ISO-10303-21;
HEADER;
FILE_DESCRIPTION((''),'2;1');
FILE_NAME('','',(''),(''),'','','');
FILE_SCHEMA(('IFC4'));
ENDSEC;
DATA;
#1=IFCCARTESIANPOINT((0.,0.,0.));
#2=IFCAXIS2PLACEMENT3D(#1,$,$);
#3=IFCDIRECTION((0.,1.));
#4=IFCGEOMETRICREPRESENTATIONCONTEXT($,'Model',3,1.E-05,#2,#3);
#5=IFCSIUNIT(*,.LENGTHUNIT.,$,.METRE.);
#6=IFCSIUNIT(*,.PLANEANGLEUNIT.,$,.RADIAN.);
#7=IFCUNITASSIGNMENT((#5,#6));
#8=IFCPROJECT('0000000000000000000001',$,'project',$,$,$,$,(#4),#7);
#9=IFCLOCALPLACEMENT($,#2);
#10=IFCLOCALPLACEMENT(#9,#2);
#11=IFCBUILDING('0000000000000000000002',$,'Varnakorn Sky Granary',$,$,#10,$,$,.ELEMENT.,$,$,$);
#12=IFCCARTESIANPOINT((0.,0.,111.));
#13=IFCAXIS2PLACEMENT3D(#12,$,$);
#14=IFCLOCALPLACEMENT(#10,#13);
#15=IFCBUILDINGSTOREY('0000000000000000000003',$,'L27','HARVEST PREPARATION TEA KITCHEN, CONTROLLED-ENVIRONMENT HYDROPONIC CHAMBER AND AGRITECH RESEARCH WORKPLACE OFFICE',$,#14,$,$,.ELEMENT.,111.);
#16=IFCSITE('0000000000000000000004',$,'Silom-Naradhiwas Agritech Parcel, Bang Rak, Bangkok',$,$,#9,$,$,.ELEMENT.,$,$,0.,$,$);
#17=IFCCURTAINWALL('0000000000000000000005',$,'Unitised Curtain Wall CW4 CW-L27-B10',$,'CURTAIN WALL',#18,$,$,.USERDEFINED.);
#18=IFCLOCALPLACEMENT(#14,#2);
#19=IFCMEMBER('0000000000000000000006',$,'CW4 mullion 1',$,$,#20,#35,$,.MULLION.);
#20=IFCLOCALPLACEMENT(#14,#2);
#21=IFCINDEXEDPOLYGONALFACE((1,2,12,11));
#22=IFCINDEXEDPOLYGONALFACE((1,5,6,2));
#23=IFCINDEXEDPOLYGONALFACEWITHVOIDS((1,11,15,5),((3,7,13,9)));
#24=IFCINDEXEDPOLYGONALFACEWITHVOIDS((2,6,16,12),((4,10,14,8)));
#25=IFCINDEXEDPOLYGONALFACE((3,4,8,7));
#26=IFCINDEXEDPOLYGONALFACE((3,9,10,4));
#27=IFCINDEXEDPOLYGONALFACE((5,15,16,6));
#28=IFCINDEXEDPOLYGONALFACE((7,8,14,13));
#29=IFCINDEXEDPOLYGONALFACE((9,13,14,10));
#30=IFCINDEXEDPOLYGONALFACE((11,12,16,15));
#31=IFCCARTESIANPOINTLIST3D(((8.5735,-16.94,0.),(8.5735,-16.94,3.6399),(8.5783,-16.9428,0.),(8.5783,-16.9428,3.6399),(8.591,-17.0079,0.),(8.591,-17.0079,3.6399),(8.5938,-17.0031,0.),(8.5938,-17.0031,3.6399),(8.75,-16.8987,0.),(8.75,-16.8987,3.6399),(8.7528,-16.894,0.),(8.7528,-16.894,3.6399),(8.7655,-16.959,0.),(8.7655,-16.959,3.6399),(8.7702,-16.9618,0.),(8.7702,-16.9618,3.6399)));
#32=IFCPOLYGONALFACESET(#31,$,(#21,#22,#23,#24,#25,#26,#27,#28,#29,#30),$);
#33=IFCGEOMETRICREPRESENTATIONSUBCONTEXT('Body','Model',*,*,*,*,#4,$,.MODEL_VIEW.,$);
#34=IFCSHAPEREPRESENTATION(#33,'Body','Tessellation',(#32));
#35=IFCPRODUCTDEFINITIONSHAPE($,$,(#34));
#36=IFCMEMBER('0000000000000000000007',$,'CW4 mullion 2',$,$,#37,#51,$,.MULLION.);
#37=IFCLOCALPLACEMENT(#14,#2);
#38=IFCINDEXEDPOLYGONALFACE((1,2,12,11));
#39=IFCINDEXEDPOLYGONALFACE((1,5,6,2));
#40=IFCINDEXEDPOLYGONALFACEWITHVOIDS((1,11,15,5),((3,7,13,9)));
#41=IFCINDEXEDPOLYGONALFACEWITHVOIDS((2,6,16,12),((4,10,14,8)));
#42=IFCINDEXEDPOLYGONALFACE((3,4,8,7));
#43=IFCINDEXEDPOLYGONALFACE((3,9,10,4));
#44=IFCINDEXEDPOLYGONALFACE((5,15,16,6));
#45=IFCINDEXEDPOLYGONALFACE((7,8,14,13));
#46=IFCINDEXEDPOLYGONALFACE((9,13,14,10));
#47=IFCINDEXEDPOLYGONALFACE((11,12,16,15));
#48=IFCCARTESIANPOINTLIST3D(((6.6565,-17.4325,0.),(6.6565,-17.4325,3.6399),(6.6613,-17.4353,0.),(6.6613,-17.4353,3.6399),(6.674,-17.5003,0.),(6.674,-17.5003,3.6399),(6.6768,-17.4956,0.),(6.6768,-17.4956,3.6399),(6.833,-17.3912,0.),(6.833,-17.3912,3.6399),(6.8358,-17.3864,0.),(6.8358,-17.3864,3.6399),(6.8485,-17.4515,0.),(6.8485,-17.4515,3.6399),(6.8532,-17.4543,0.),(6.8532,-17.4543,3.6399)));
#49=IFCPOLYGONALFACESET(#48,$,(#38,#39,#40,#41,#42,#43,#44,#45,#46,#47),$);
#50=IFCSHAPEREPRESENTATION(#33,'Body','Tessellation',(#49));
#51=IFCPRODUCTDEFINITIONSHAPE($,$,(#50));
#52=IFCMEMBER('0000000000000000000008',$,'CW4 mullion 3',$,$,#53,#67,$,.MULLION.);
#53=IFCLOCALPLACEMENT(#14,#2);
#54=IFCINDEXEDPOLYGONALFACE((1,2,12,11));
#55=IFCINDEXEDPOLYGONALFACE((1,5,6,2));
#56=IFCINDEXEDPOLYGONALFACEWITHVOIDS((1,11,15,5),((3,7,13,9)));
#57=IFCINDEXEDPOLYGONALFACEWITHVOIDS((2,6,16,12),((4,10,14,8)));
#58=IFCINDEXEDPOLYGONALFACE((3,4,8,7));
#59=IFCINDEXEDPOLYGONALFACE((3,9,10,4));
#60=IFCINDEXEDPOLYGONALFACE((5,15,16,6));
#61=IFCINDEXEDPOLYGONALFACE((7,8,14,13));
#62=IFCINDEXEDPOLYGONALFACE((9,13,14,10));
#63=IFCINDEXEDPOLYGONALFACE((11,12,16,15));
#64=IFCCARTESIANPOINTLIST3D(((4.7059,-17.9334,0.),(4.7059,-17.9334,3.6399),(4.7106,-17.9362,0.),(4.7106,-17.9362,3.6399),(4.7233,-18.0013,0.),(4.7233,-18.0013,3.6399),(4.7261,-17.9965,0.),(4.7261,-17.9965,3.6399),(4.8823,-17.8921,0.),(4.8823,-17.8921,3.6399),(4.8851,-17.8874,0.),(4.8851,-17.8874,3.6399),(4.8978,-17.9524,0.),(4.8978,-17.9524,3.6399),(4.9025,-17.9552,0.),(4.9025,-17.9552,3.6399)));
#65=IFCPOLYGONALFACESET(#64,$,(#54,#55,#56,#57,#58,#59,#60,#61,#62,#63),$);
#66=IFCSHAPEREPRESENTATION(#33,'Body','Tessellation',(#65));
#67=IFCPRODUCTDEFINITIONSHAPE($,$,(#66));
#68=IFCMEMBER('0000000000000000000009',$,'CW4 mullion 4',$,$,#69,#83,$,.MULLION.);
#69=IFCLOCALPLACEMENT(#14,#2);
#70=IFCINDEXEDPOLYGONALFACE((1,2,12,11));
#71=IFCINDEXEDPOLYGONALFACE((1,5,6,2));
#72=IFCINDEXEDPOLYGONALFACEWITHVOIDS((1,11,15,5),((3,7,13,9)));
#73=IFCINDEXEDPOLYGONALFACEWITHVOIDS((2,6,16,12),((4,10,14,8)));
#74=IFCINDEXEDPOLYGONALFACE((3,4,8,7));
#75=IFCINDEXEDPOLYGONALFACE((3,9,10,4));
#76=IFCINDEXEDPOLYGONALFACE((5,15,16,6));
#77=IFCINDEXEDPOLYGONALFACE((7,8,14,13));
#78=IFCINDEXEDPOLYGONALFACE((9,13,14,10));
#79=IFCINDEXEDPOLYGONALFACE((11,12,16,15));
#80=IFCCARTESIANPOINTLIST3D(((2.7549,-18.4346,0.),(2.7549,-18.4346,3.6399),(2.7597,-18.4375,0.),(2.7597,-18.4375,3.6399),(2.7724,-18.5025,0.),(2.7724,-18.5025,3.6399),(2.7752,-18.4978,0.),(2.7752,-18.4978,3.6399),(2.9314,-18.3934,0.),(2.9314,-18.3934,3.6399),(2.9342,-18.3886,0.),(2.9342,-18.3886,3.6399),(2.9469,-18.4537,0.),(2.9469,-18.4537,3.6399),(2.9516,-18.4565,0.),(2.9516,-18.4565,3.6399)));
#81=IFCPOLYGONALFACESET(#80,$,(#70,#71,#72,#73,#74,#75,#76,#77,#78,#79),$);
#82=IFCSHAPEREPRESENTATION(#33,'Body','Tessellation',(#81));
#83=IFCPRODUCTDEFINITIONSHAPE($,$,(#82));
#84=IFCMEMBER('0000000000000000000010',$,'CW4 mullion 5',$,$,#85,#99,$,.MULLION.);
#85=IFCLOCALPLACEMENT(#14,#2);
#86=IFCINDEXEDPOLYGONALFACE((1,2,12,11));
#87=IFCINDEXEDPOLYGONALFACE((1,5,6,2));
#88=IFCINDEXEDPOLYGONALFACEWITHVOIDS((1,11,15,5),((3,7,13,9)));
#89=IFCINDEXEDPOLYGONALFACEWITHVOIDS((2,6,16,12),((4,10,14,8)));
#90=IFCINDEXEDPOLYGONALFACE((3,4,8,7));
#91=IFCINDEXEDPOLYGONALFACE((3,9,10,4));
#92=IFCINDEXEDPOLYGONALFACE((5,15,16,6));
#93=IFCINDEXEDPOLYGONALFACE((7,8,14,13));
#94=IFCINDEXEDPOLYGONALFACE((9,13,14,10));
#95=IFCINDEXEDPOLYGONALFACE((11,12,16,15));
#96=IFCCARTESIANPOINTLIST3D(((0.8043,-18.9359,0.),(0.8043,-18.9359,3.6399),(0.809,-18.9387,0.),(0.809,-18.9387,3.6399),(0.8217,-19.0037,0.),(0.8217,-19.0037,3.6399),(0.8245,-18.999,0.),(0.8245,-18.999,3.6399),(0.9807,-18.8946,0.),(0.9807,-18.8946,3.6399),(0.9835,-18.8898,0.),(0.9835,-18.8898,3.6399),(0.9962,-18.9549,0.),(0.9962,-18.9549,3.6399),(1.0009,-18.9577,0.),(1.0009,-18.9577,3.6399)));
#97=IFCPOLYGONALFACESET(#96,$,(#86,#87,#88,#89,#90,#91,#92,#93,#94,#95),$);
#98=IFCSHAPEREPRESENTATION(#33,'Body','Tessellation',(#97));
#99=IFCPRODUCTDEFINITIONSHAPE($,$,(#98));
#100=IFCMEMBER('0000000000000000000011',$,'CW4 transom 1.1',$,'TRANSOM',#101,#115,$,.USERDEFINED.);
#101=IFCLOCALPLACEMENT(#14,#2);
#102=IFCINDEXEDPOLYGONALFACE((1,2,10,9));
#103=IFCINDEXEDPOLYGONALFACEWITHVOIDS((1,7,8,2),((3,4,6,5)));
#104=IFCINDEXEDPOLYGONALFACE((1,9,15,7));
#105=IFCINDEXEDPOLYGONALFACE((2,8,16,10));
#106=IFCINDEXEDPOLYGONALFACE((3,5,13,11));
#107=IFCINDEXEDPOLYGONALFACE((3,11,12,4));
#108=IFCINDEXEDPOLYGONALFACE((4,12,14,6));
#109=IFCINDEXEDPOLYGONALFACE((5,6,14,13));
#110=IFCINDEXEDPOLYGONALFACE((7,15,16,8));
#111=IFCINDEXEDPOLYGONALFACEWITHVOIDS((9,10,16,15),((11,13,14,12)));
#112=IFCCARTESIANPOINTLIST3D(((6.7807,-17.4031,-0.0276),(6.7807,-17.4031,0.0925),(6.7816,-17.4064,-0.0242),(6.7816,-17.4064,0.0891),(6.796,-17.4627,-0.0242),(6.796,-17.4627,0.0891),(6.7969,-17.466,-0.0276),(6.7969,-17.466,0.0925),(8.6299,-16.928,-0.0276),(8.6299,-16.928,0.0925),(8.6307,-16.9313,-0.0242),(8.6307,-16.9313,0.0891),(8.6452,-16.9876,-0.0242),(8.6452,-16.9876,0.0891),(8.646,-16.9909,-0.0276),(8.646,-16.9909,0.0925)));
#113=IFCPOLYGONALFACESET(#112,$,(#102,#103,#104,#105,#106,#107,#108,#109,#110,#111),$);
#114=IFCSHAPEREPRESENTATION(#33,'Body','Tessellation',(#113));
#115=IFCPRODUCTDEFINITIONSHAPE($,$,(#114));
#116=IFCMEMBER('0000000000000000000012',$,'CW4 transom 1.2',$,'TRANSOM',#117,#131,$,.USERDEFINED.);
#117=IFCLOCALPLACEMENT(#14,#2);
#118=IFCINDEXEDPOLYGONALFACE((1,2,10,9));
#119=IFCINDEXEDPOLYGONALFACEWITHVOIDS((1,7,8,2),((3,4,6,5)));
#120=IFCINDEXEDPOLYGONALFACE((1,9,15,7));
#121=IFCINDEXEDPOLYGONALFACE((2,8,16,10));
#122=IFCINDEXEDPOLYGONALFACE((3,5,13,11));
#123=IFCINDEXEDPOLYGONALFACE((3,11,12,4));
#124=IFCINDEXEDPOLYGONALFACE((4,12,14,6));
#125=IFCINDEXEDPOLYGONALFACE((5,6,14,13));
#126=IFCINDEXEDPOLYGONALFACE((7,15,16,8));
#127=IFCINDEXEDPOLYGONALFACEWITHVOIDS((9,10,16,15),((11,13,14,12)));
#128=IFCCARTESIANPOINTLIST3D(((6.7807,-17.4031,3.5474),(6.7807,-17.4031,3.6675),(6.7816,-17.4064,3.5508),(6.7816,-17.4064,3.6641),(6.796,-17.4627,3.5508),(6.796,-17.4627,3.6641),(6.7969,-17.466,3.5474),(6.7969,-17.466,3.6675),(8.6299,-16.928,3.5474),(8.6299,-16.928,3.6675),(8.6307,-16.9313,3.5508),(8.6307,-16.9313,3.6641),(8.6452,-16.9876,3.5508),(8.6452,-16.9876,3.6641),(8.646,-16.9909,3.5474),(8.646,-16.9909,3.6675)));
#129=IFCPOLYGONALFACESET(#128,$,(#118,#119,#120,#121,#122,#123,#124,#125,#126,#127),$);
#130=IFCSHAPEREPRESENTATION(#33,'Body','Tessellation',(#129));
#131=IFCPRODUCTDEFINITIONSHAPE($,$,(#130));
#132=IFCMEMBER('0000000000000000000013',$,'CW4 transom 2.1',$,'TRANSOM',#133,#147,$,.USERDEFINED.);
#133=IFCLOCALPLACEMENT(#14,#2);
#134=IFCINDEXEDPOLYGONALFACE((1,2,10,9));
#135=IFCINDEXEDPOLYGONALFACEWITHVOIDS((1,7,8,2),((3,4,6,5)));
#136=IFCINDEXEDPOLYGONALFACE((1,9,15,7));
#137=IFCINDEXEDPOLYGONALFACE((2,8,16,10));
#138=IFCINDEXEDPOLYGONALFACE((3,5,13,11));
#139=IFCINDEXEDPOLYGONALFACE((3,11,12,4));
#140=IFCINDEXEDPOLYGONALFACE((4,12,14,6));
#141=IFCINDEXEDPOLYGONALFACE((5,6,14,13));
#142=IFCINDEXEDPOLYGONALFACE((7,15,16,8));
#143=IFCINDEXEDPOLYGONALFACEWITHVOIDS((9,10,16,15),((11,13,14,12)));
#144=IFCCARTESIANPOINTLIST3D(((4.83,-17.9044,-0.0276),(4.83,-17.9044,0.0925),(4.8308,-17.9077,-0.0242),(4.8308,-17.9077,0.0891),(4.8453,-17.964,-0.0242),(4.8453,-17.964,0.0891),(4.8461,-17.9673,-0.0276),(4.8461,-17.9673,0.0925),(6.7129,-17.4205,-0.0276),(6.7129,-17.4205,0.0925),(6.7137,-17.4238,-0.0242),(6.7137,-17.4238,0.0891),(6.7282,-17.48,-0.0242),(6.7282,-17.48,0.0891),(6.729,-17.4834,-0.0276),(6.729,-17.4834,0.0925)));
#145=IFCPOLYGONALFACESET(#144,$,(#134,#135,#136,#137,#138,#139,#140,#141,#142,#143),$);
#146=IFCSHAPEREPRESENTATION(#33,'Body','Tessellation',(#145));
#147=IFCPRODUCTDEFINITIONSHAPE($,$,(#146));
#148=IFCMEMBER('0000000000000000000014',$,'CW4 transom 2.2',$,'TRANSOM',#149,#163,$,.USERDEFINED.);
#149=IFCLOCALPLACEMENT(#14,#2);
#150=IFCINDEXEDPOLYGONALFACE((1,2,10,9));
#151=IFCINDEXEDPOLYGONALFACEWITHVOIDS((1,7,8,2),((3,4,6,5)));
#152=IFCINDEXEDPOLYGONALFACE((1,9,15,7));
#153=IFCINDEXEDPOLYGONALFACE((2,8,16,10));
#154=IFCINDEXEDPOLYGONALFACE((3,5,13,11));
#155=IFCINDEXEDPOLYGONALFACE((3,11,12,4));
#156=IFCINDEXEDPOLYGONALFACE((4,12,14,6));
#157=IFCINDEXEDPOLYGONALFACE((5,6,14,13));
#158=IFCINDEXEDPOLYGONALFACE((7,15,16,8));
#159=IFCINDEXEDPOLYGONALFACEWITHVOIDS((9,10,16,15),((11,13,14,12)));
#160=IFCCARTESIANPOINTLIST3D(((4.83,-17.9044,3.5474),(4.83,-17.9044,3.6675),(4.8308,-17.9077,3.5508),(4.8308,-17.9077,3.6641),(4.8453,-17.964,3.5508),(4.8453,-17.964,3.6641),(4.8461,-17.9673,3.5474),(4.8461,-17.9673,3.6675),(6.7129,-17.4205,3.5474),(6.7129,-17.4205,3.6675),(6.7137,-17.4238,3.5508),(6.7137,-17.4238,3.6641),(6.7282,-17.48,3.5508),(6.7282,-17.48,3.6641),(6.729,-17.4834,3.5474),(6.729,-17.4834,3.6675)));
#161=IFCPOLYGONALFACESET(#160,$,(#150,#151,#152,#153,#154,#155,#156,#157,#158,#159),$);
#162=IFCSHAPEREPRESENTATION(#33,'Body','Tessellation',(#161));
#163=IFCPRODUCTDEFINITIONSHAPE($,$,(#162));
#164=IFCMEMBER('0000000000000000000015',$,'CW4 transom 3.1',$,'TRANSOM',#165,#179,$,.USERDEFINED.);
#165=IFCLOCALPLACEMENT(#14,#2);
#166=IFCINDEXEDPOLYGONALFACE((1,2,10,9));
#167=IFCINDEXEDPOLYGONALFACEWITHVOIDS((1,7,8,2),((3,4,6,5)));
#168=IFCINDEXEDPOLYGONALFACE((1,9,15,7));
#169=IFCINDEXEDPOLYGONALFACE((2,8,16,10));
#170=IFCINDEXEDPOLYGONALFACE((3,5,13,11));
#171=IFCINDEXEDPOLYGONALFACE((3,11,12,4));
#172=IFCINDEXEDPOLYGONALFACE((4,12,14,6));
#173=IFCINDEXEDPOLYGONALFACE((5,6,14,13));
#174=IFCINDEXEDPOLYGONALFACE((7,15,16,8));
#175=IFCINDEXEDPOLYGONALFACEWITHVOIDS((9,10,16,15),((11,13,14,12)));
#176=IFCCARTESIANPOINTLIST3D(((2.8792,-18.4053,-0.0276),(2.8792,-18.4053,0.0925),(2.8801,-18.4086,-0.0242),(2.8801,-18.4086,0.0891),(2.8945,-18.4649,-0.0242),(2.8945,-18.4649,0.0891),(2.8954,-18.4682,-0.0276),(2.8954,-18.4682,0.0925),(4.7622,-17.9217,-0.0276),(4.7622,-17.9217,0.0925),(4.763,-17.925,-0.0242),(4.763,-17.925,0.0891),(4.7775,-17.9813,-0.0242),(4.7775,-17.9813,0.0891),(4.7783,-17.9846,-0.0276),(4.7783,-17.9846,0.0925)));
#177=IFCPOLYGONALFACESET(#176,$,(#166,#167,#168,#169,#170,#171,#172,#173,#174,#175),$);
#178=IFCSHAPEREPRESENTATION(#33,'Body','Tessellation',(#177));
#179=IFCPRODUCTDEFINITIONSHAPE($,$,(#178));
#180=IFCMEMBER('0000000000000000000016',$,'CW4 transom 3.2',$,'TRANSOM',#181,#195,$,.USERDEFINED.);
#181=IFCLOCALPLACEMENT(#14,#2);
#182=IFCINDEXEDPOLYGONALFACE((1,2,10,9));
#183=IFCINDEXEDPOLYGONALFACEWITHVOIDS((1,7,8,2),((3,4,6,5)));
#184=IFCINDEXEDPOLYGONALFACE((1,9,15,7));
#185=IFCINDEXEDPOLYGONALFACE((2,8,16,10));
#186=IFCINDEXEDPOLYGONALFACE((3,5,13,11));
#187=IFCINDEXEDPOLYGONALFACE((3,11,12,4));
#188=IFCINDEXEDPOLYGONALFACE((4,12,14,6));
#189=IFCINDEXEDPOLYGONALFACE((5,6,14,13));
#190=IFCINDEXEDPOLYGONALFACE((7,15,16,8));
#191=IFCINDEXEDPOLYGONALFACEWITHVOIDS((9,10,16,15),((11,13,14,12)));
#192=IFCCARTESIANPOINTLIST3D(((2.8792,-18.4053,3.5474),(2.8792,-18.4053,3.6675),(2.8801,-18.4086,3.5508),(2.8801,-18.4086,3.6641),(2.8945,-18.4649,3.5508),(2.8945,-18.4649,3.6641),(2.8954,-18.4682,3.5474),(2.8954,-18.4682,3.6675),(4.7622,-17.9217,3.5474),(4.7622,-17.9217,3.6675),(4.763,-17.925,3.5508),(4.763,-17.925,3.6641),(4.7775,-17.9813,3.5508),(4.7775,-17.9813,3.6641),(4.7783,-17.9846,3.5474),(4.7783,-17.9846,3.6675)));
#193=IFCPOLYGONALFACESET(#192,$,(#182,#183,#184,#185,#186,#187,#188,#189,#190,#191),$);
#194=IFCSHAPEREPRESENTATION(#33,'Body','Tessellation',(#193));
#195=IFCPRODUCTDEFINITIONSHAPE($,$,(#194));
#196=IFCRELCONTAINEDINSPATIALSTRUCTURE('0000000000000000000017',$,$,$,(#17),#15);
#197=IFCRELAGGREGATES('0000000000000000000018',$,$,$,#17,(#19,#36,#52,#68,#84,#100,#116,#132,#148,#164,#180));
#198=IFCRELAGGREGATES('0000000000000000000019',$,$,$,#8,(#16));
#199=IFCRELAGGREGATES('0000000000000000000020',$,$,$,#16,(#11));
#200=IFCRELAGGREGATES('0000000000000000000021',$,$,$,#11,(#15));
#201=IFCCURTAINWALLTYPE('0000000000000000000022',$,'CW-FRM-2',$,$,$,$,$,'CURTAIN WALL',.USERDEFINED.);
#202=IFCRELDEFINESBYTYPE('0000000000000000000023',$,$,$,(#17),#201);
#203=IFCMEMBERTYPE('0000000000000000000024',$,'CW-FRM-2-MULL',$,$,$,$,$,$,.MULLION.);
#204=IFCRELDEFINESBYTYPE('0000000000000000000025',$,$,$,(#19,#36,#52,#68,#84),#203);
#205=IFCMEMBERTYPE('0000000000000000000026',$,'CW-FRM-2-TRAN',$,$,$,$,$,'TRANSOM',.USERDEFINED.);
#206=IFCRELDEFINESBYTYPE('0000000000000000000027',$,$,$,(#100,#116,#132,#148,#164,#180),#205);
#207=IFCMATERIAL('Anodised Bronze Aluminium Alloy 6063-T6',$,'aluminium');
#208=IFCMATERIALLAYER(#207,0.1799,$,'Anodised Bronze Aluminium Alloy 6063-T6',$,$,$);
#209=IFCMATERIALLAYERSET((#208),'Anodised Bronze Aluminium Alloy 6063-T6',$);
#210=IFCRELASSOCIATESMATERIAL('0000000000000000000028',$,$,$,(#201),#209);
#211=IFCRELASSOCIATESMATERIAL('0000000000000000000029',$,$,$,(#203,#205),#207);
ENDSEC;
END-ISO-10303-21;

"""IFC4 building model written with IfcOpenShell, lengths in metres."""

from ifc_helpers import new_model, si_unit, direction, frame, origin, origin_2d, place, context, subcontext, project, spatial, hollow_rectangle, extrude, material, layer, layer_set, material_profile, profile_set, type_object, element, aggregate, save


model = new_model("IFC4")

# Units and contexts
model_context = context("Model", 3, precision=1e-05, world=origin(), true_north=direction((0.0, 1.0)))
body_context = subcontext(model_context, "Body", "Model", "MODEL_VIEW")
ifc_project = project(units=[si_unit("LENGTHUNIT", "METRE"), si_unit("PLANEANGLEUNIT", "RADIAN")], contexts=[model_context])

# Site, building, storey
site_placement = place(None, origin())
site = spatial("IfcSite", under=ifc_project, at=site_placement, Name="Silom-Naradhiwas Agritech Parcel, Bang Rak, Bangkok", CompositionType="ELEMENT", RefElevation=0.0)
building_placement = place(site_placement, origin())
building = spatial("IfcBuilding", under=site, at=building_placement, Name="Varnakorn Sky Granary", CompositionType="ELEMENT")
storey_placement = place(building_placement, frame((0.0, 0.0, 111.0)))
storey = spatial("IfcBuildingStorey", under=building, at=storey_placement, Name="L27", Description="HARVEST PREPARATION TEA KITCHEN, CONTROLLED-ENVIRONMENT HYDROPONIC CHAMBER AND AGRITECH RESEARCH WORKPLACE OFFICE", CompositionType="ELEMENT", Elevation=111.0)

# Curtain wall, members
ifc_material_1 = material(Name="Anodised Bronze Aluminium Alloy 6063-T6", Category="aluminium")
ifc_layer_1 = layer(ifc_material_1, 0.1799, Name="Anodised Bronze Aluminium Alloy 6063-T6")
ifc_layer_set_1 = layer_set([ifc_layer_1], Name="Anodised Bronze Aluminium Alloy 6063-T6")
curtain_wall_type = type_object("IfcCurtainWallType", Name="CW-FRM-2", ElementType="CURTAIN WALL", PredefinedType="USERDEFINED", material=ifc_layer_set_1)
curtain_wall_placement = place(storey_placement, origin())
curtain_wall = element("IfcCurtainWall", 1, at=curtain_wall_placement, inside=storey, type_object=curtain_wall_type, Name="Unitised Curtain Wall CW4 CW-L27-B10", ObjectType="CURTAIN WALL", PredefinedType="USERDEFINED")
ifc_material_profile_1 = material_profile(ifc_material_1, hollow_rectangle(XDim=0.0701, YDim=0.1851, WallThickness=0.0039, at=origin_2d()), Name="ALU MULL 70x185")
ifc_profile_set_1 = profile_set([ifc_material_profile_1], Name="Anodised Bronze Aluminium Alloy 6063-T6")
member_type_1 = type_object("IfcMemberType", Name="CW-FRM-2-MULL", PredefinedType="MULLION", material=ifc_profile_set_1)
member_1_placement = place(storey_placement, frame((8.6719, -16.9509, 0.0), z_axis=(0.0, 0.0, 1.0), x_axis=(0.248823, -0.968549, 0.0)))
member_1 = element("IfcMember", 2, at=member_1_placement, type_object=member_type_1, Name="CW4 mullion 1", PredefinedType="MULLION", context=body_context, shape_type="SweptSolid", body=[
    extrude(hollow_rectangle(XDim=0.0701, YDim=0.1851, WallThickness=0.0039, at=origin_2d()), origin(), (0.0, 0.0, 1.0), 3.6399),
])
member_2_placement = place(storey_placement, frame((6.7549, -17.4434, 0.0), z_axis=(0.0, 0.0, 1.0), x_axis=(0.248823, -0.968549, 0.0)))
member_2 = element("IfcMember", 3, at=member_2_placement, type_object=member_type_1, Name="CW4 mullion 2", PredefinedType="MULLION", context=body_context, shape_type="SweptSolid", body=[
    extrude(hollow_rectangle(XDim=0.0701, YDim=0.1851, WallThickness=0.0039, at=origin_2d()), origin(), (0.0, 0.0, 1.0), 3.6399),
])
member_3_placement = place(storey_placement, frame((4.8042, -17.9443, 0.0), z_axis=(0.0, 0.0, 1.0), x_axis=(0.248823, -0.968549, 0.0)))
member_3 = element("IfcMember", 4, at=member_3_placement, type_object=member_type_1, Name="CW4 mullion 3", PredefinedType="MULLION", context=body_context, shape_type="SweptSolid", body=[
    extrude(hollow_rectangle(XDim=0.0701, YDim=0.1851, WallThickness=0.0039, at=origin_2d()), origin(), (0.0, 0.0, 1.0), 3.6399),
])
member_4_placement = place(storey_placement, frame((2.8533, -18.4456, 0.0), z_axis=(0.0, 0.0, 1.0), x_axis=(0.248823, -0.968549, 0.0)))
member_4 = element("IfcMember", 5, at=member_4_placement, type_object=member_type_1, Name="CW4 mullion 4", PredefinedType="MULLION", context=body_context, shape_type="SweptSolid", body=[
    extrude(hollow_rectangle(XDim=0.0701, YDim=0.1851, WallThickness=0.0039, at=origin_2d()), origin(), (0.0, 0.0, 1.0), 3.6399),
])
member_5_placement = place(storey_placement, frame((0.9026, -18.9468, 0.0), z_axis=(0.0, 0.0, 1.0), x_axis=(0.248823, -0.968549, 0.0)))
member_5 = element("IfcMember", 6, at=member_5_placement, type_object=member_type_1, Name="CW4 mullion 5", PredefinedType="MULLION", context=body_context, shape_type="SweptSolid", body=[
    extrude(hollow_rectangle(XDim=0.0701, YDim=0.1851, WallThickness=0.0039, at=origin_2d()), origin(), (0.0, 0.0, 1.0), 3.6399),
])
ifc_material_profile_2 = material_profile(ifc_material_1, hollow_rectangle(XDim=0.0649, YDim=0.1201, WallThickness=0.0034, at=origin_2d()), Name="ALU TRAN 65x120")
ifc_profile_set_2 = profile_set([ifc_material_profile_2], Name="Anodised Bronze Aluminium Alloy 6063-T6")
member_type_2 = type_object("IfcMemberType", Name="CW-FRM-2-TRAN", ElementType="TRANSOM", PredefinedType="USERDEFINED", material=ifc_profile_set_2)
member_6_placement = place(storey_placement, frame((8.6379, -16.9595, 0.0325), z_axis=(-0.968542, -0.248849, 0.0), x_axis=(0.248849, -0.968542, 0.0)))
member_6 = element("IfcMember", 7, at=member_6_placement, type_object=member_type_2, Name="CW4 transom 1.1", ObjectType="TRANSOM", PredefinedType="USERDEFINED", context=body_context, shape_type="SweptSolid", body=[
    extrude(hollow_rectangle(XDim=0.0649, YDim=0.1201, WallThickness=0.0034, at=origin_2d()), origin(), (0.0, 0.0, 1.0), 1.9092),
])
member_7_placement = place(storey_placement, frame((8.6379, -16.9595, 3.6074), z_axis=(-0.968542, -0.248849, 0.0), x_axis=(0.248849, -0.968542, 0.0)))
member_7 = element("IfcMember", 8, at=member_7_placement, type_object=member_type_2, Name="CW4 transom 1.2", ObjectType="TRANSOM", PredefinedType="USERDEFINED", context=body_context, shape_type="SweptSolid", body=[
    extrude(hollow_rectangle(XDim=0.0649, YDim=0.1201, WallThickness=0.0034, at=origin_2d()), origin(), (0.0, 0.0, 1.0), 1.9092),
])
member_8_placement = place(storey_placement, frame((6.7209, -17.4519, 0.0325), z_axis=(-0.968526, -0.248913, 0.0), x_axis=(0.248913, -0.968526, 0.0)))
member_8 = element("IfcMember", 9, at=member_8_placement, type_object=member_type_2, Name="CW4 transom 2.1", ObjectType="TRANSOM", PredefinedType="USERDEFINED", context=body_context, shape_type="SweptSolid", body=[
    extrude(hollow_rectangle(XDim=0.0649, YDim=0.1201, WallThickness=0.0034, at=origin_2d()), origin(), (0.0, 0.0, 1.0), 1.9441),
])
member_9_placement = place(storey_placement, frame((6.7209, -17.4519, 3.6074), z_axis=(-0.968526, -0.248913, 0.0), x_axis=(0.248913, -0.968526, 0.0)))
member_9 = element("IfcMember", 10, at=member_9_placement, type_object=member_type_2, Name="CW4 transom 2.2", ObjectType="TRANSOM", PredefinedType="USERDEFINED", context=body_context, shape_type="SweptSolid", body=[
    extrude(hollow_rectangle(XDim=0.0649, YDim=0.1201, WallThickness=0.0034, at=origin_2d()), origin(), (0.0, 0.0, 1.0), 1.9441),
])
member_10_placement = place(storey_placement, frame((4.7703, -17.9531, 0.0325), z_axis=(-0.968564, -0.248765, 0.0), x_axis=(0.248765, -0.968564, 0.0)))
member_10 = element("IfcMember", 11, at=member_10_placement, type_object=member_type_2, Name="CW4 transom 3.1", ObjectType="TRANSOM", PredefinedType="USERDEFINED", context=body_context, shape_type="SweptSolid", body=[
    extrude(hollow_rectangle(XDim=0.0649, YDim=0.1201, WallThickness=0.0034, at=origin_2d()), origin(), (0.0, 0.0, 1.0), 1.9441),
])
member_11_placement = place(storey_placement, frame((4.7703, -17.9531, 3.6074), z_axis=(-0.968564, -0.248765, 0.0), x_axis=(0.248765, -0.968564, 0.0)))
member_11 = element("IfcMember", 12, at=member_11_placement, type_object=member_type_2, Name="CW4 transom 3.2", ObjectType="TRANSOM", PredefinedType="USERDEFINED", context=body_context, shape_type="SweptSolid", body=[
    extrude(hollow_rectangle(XDim=0.0649, YDim=0.1201, WallThickness=0.0034, at=origin_2d()), origin(), (0.0, 0.0, 1.0), 1.9441),
])
aggregate(curtain_wall, [member_1, member_2, member_3, member_4, member_5, member_6, member_7, member_8, member_9, member_10, member_11])

save(model, "model.ifc")
